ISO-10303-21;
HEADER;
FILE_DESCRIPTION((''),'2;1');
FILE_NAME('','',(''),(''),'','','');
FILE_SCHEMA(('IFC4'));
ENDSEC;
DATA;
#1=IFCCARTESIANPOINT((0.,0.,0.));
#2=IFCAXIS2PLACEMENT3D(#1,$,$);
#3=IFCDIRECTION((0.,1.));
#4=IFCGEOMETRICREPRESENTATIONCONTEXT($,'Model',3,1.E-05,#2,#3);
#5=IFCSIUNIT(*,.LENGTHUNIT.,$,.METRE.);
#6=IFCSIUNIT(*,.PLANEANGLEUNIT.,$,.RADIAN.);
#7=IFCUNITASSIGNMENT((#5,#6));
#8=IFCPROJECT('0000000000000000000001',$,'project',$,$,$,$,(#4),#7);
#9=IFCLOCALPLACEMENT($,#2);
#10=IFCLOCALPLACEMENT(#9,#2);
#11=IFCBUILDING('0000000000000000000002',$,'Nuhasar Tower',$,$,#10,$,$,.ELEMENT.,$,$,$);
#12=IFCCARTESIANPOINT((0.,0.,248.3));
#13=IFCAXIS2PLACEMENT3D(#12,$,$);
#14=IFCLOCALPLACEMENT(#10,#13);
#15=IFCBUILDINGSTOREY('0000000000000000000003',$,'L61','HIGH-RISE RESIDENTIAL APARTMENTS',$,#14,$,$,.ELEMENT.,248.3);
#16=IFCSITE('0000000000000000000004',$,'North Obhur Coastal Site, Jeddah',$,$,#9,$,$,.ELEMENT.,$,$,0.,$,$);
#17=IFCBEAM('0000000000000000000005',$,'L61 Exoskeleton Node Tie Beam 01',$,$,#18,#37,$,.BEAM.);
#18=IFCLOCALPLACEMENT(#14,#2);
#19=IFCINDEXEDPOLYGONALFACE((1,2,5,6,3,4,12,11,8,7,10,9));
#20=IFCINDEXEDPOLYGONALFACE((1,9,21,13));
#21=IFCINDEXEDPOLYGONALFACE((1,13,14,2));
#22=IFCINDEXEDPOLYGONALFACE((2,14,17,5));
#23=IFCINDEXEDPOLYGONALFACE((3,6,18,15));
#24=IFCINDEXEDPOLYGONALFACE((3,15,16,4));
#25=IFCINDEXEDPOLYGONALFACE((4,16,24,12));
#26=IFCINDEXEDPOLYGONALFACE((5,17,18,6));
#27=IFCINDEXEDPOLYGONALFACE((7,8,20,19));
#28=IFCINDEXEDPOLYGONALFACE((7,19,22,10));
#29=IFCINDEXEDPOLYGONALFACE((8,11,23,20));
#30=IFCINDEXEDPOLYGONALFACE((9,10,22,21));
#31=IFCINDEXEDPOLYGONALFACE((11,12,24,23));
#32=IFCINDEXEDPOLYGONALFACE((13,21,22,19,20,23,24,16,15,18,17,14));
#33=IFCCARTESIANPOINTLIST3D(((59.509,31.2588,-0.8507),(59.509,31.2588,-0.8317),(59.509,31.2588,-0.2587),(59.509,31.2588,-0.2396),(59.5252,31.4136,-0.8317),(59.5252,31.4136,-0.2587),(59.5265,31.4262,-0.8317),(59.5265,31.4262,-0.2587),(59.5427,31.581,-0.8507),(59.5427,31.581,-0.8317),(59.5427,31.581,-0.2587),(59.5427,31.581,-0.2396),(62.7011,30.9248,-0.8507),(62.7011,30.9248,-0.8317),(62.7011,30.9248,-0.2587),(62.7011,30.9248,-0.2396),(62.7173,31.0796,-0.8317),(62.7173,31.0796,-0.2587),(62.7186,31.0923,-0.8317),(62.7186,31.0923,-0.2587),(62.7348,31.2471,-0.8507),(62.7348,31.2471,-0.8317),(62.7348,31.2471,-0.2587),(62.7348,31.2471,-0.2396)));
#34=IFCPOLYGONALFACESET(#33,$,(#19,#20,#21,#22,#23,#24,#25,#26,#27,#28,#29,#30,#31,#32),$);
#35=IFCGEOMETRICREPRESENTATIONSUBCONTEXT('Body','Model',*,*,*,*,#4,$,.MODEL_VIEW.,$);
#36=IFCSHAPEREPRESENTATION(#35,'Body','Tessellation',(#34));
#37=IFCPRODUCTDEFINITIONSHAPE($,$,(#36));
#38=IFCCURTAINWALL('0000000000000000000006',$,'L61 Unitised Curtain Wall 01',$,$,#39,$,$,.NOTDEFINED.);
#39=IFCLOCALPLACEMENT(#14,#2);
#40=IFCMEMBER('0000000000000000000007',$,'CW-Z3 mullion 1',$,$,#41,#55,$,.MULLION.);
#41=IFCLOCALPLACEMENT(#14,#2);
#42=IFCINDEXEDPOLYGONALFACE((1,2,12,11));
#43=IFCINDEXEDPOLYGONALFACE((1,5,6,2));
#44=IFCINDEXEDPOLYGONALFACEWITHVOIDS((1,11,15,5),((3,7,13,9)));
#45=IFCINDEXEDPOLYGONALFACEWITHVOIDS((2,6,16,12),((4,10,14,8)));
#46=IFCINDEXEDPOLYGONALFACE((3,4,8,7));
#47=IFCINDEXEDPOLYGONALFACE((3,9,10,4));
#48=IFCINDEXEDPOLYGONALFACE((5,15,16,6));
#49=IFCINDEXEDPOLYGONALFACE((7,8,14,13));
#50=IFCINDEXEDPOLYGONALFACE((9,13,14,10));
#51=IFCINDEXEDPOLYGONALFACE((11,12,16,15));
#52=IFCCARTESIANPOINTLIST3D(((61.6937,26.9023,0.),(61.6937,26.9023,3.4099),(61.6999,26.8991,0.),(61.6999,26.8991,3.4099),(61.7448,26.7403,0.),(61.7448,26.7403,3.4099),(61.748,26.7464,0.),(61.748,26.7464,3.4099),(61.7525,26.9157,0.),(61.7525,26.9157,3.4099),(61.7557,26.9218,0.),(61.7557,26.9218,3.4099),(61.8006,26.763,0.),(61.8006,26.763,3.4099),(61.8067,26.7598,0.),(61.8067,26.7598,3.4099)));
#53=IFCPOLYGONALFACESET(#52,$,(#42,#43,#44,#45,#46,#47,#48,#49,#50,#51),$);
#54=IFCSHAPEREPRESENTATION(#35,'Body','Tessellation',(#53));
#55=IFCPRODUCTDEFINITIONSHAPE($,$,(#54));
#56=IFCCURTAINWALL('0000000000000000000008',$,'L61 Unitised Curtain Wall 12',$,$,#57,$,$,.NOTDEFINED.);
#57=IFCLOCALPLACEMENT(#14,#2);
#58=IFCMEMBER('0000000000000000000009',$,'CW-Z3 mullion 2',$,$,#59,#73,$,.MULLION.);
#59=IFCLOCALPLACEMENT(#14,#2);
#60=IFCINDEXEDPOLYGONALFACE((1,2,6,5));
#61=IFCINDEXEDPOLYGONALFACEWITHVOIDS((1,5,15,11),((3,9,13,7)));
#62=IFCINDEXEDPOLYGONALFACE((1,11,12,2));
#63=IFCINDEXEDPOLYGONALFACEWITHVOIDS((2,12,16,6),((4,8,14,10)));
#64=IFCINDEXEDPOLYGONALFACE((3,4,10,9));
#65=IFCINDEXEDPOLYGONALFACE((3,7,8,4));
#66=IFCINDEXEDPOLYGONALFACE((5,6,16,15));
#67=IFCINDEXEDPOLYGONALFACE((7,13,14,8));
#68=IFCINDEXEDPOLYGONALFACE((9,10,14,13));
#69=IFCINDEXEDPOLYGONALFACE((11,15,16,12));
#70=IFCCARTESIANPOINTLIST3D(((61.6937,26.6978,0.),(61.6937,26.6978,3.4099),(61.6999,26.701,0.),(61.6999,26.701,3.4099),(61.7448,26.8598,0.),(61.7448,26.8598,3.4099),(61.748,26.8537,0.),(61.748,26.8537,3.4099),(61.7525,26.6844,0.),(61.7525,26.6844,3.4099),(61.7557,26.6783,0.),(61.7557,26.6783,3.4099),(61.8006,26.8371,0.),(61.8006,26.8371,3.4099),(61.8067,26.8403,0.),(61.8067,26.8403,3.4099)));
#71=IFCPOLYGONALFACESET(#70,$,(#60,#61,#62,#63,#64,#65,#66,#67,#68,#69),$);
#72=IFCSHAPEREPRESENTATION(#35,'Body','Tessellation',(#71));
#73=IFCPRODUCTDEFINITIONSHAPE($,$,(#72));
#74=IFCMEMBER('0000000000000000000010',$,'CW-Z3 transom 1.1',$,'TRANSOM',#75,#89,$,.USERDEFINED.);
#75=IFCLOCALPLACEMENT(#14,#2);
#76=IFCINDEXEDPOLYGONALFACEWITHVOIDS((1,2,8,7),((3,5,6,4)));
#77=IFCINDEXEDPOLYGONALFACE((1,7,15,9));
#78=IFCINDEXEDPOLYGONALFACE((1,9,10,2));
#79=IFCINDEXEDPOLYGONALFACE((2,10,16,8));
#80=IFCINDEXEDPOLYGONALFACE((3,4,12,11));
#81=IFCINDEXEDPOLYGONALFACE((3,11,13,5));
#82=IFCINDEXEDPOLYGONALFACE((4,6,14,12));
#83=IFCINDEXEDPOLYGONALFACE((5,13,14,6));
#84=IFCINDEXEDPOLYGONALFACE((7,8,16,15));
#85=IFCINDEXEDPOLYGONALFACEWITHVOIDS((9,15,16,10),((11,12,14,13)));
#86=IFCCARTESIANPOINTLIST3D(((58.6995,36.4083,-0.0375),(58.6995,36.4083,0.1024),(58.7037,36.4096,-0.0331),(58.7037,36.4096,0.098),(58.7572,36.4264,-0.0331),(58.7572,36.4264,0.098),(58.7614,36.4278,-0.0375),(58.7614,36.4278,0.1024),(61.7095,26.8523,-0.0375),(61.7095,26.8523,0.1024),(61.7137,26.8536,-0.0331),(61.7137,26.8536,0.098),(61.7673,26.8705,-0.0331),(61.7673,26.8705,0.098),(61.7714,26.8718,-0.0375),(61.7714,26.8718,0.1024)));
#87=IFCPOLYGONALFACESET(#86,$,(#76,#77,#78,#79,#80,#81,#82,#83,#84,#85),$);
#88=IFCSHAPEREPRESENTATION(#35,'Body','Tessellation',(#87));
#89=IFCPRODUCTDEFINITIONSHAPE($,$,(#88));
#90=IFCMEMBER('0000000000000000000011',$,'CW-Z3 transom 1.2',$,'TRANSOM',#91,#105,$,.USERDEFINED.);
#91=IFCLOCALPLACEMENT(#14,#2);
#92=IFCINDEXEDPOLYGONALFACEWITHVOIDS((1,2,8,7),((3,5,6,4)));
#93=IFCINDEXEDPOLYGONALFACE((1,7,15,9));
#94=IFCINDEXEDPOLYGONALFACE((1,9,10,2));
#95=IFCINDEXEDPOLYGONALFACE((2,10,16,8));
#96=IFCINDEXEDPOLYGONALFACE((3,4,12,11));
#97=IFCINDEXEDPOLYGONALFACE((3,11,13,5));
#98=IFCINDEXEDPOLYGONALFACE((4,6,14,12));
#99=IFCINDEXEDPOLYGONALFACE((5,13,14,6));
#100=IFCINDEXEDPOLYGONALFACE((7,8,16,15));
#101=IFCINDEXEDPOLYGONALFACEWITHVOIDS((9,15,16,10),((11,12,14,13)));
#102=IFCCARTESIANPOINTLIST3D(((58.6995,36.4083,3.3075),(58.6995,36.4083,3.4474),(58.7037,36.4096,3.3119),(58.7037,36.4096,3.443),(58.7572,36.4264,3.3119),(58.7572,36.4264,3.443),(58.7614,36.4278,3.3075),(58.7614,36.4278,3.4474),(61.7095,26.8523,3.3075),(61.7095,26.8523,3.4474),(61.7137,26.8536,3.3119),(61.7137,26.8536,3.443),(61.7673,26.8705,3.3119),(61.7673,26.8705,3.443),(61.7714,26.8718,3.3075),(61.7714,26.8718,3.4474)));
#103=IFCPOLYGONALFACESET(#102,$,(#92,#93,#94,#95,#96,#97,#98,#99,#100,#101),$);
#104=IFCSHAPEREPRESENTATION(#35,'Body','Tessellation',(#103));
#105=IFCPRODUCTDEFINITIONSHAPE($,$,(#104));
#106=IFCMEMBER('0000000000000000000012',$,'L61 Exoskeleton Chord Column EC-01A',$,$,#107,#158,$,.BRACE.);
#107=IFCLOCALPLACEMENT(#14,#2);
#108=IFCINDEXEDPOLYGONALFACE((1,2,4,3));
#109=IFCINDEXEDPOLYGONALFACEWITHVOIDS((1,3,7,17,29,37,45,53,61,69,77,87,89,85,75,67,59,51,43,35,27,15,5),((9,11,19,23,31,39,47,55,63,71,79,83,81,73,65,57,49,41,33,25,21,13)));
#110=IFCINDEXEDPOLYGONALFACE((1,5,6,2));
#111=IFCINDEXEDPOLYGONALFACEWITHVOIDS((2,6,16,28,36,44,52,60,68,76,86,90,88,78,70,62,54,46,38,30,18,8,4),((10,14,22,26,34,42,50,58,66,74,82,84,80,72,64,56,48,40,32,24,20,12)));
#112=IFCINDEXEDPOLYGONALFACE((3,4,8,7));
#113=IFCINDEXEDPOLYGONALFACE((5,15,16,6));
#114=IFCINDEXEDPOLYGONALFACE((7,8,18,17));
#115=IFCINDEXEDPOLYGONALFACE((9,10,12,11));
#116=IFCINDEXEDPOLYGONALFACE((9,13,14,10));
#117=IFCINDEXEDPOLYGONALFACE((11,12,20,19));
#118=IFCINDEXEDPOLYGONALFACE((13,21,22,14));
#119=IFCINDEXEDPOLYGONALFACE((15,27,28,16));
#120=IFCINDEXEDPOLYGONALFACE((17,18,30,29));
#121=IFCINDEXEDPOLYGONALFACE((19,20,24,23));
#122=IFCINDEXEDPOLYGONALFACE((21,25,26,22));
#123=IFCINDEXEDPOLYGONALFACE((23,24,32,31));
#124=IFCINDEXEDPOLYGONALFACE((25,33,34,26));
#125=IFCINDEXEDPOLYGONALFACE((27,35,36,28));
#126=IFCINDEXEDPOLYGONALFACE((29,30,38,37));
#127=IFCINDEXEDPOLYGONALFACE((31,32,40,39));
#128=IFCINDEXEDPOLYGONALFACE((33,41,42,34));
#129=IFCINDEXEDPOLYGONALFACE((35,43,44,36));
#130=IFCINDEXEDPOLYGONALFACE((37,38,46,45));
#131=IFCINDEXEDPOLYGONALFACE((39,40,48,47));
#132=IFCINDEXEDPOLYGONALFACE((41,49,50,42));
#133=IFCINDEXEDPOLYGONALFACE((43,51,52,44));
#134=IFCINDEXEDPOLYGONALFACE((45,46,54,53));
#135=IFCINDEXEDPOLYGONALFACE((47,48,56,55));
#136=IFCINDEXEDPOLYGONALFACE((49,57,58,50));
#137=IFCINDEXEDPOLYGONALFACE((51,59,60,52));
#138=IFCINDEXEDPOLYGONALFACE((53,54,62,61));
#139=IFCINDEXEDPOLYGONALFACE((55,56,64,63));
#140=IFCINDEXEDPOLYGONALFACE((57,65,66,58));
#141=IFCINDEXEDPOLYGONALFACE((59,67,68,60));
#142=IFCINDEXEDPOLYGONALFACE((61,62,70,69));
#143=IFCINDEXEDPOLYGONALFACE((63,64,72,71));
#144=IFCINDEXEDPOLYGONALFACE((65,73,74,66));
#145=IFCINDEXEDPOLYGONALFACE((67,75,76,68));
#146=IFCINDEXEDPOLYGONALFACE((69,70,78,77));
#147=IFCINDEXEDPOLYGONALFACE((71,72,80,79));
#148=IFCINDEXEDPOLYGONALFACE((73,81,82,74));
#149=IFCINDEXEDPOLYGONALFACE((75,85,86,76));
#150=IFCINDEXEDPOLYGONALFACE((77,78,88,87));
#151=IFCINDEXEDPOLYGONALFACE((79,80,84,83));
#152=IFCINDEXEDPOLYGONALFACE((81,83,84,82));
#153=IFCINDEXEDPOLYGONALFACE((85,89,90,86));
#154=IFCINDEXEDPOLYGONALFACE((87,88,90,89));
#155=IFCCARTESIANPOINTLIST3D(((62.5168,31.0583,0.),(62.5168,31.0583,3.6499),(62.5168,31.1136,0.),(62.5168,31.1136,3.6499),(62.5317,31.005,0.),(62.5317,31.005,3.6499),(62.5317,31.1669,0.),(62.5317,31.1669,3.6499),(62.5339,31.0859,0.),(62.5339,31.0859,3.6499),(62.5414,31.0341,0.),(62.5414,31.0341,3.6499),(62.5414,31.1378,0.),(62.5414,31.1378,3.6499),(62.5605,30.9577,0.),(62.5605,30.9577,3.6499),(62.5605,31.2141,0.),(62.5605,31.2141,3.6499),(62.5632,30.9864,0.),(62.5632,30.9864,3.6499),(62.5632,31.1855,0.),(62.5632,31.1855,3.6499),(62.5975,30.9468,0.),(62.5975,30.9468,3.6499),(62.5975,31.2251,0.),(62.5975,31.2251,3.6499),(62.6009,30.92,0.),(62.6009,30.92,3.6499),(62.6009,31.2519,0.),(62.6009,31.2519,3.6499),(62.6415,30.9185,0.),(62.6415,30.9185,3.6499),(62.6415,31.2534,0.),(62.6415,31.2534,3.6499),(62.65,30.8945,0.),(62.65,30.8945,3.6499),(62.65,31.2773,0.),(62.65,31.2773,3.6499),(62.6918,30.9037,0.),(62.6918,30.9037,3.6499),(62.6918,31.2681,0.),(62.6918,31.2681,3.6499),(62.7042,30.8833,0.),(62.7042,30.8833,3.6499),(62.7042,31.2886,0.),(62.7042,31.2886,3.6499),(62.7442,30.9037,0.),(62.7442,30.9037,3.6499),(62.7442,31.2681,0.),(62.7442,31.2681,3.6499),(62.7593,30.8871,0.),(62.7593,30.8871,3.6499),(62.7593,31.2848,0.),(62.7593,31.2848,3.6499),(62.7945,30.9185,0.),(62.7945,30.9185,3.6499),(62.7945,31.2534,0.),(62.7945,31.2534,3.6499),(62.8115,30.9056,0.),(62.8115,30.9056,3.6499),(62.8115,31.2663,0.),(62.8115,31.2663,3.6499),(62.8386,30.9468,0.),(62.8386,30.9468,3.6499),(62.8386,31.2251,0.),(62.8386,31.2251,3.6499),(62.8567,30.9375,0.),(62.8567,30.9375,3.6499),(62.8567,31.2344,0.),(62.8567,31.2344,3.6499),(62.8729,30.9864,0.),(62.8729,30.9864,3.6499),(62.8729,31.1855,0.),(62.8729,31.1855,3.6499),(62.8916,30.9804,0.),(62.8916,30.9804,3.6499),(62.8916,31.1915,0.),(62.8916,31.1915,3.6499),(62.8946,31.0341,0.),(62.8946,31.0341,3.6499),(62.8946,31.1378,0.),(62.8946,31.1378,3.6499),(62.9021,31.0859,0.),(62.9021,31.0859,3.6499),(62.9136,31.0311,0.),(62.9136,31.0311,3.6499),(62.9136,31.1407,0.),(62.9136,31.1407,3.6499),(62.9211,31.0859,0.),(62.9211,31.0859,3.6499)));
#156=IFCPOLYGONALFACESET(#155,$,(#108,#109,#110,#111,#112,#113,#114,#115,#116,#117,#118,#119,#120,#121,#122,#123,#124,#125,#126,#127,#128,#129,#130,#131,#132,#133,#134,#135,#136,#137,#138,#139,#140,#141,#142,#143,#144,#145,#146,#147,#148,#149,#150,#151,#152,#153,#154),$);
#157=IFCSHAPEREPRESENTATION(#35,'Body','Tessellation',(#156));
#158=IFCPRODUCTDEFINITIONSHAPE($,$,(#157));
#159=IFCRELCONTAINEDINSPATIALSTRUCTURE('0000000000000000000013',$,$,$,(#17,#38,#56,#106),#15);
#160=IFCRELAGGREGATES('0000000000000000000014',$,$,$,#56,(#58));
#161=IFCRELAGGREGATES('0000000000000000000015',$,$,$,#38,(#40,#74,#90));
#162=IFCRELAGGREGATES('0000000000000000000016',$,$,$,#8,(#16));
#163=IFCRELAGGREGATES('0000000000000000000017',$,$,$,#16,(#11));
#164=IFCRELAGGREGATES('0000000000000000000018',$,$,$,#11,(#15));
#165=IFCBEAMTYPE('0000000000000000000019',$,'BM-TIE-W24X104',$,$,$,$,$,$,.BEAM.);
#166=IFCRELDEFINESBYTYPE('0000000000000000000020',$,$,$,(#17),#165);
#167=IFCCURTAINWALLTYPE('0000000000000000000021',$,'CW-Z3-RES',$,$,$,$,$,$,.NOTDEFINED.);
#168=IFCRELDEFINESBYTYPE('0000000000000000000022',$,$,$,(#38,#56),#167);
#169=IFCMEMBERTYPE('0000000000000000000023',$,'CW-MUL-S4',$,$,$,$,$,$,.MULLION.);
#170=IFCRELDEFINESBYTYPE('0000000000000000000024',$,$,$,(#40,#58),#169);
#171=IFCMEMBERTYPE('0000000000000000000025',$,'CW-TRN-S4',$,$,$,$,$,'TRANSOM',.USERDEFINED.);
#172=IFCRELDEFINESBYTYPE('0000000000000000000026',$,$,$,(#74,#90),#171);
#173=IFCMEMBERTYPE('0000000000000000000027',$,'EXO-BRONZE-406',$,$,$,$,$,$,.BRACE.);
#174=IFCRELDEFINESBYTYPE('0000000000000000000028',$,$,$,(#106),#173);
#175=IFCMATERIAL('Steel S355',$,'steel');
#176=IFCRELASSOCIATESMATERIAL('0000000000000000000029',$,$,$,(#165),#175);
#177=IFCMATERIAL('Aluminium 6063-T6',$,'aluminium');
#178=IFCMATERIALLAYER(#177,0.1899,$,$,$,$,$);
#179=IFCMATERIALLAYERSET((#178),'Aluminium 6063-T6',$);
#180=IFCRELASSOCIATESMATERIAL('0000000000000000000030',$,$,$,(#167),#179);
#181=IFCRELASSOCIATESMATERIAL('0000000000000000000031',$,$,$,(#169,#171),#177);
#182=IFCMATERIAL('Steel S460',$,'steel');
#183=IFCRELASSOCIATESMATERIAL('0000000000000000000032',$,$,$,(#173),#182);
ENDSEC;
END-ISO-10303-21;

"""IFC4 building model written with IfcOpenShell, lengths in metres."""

from ifc_helpers import new_model, si_unit, direction, frame, origin, origin_2d, place, context, subcontext, project, spatial, hollow_rectangle, hollow_circle, i_section, extrude, material, layer, layer_set, material_profile, profile_set, type_object, element, aggregate, save


model = new_model("IFC4")

# Units and contexts
model_context = context("Model", 3, precision=1e-05, world=origin(), true_north=direction((0.0, 1.0)))
body_context = subcontext(model_context, "Body", "Model", "MODEL_VIEW")
ifc_project = project(units=[si_unit("LENGTHUNIT", "METRE"), si_unit("PLANEANGLEUNIT", "RADIAN")], contexts=[model_context])

# Site, building, storey
site_placement = place(None, origin())
site = spatial("IfcSite", under=ifc_project, at=site_placement, Name="North Obhur Coastal Site, Jeddah", CompositionType="ELEMENT", RefElevation=0.0)
building_placement = place(site_placement, origin())
building = spatial("IfcBuilding", under=site, at=building_placement, Name="Nuhasar Tower", CompositionType="ELEMENT")
storey_placement = place(building_placement, frame((0.0, 0.0, 248.3)))
storey = spatial("IfcBuildingStorey", under=building, at=storey_placement, Name="L61", Description="HIGH-RISE RESIDENTIAL APARTMENTS", CompositionType="ELEMENT", Elevation=248.3)

# Beam
ifc_material_1 = material(Name="Steel S355", Category="steel")
ifc_material_profile_1 = material_profile(ifc_material_1, i_section(OverallWidth=0.324, OverallDepth=0.6111, WebThickness=0.0127, FlangeThickness=0.019, at=origin_2d()), Name="W24X104")
ifc_profile_set_1 = profile_set([ifc_material_profile_1], Name="Steel S355")
beam_type_1 = type_object("IfcBeamType", Name="BM-TIE-W24X104", PredefinedType="BEAM", material=ifc_profile_set_1)
beam_1_placement = place(storey_placement, frame((59.5259, 31.4199, -0.5452), z_axis=(0.994571, -0.104059, 0.0), x_axis=(0.104059, 0.994571, 0.0)))
element("IfcBeam", 1, at=beam_1_placement, inside=storey, type_object=beam_type_1, Name="L61 Exoskeleton Node Tie Beam 01", PredefinedType="BEAM", context=body_context, shape_type="SweptSolid", body=[
    extrude(i_section(OverallWidth=0.324, OverallDepth=0.6111, WebThickness=0.0127, FlangeThickness=0.019, at=origin_2d()), origin(), (0.0, 0.0, 1.0), 3.2095),
])

# Curtain walls, members
ifc_material_2 = material(Name="Aluminium 6063-T6", Category="aluminium")
ifc_layer_1 = layer(ifc_material_2, 0.1899)
ifc_layer_set_1 = layer_set([ifc_layer_1], Name="Aluminium 6063-T6")
curtain_wall_type = type_object("IfcCurtainWallType", Name="CW-Z3-RES", PredefinedType="NOTDEFINED", material=ifc_layer_set_1)
curtain_wall_1_placement = place(storey_placement, origin())
curtain_wall_1 = element("IfcCurtainWall", 2, at=curtain_wall_1_placement, inside=storey, type_object=curtain_wall_type, Name="L61 Unitised Curtain Wall 01", PredefinedType="NOTDEFINED")
ifc_material_profile_2 = material_profile(ifc_material_2, hollow_rectangle(XDim=0.0649, YDim=0.1699, WallThickness=0.0049, at=origin_2d()), Name="CWM-4")
ifc_profile_set_2 = profile_set([ifc_material_profile_2], Name="Aluminium 6063-T6")
member_type_1 = type_object("IfcMemberType", Name="CW-MUL-S4", PredefinedType="MULLION", material=ifc_profile_set_2)
member_1_placement = place(storey_placement, frame((61.7502, 26.8311, 0.0), z_axis=(0.0, 0.0, 1.0), x_axis=(-0.953804, -0.300429, 0.0)))
member_1 = element("IfcMember", 3, at=member_1_placement, type_object=member_type_1, Name="CW-Z3 mullion 1", PredefinedType="MULLION", context=body_context, shape_type="SweptSolid", body=[
    extrude(hollow_rectangle(XDim=0.0649, YDim=0.1699, WallThickness=0.0049, at=origin_2d()), origin(), (0.0, 0.0, 1.0), 3.4099),
])
curtain_wall_2_placement = place(storey_placement, origin())
curtain_wall_2 = element("IfcCurtainWall", 4, at=curtain_wall_2_placement, inside=storey, type_object=curtain_wall_type, Name="L61 Unitised Curtain Wall 12", PredefinedType="NOTDEFINED")
member_2_placement = place(storey_placement, frame((61.7502, 26.769, 0.0), z_axis=(0.0, 0.0, 1.0), x_axis=(-0.953804, 0.300429, 0.0)))
member_2 = element("IfcMember", 5, at=member_2_placement, type_object=member_type_1, Name="CW-Z3 mullion 2", PredefinedType="MULLION", context=body_context, shape_type="SweptSolid", body=[
    extrude(hollow_rectangle(XDim=0.0649, YDim=0.1699, WallThickness=0.0049, at=origin_2d()), origin(), (0.0, 0.0, 1.0), 3.4099),
])
aggregate(curtain_wall_2, [member_2])

# Members
ifc_material_profile_3 = material_profile(ifc_material_2, hollow_rectangle(XDim=0.0649, YDim=0.1399, WallThickness=0.0044, at=origin_2d()), Name="CWT-4")
ifc_profile_set_3 = profile_set([ifc_material_profile_3], Name="Aluminium 6063-T6")
member_type_2 = type_object("IfcMemberType", Name="CW-TRN-S4", ElementType="TRANSOM", PredefinedType="USERDEFINED", material=ifc_profile_set_3)
member_3_placement = place(storey_placement, frame((61.7405, 26.8621, 0.0325), z_axis=(-0.300437, 0.953802, 0.0), x_axis=(-0.953802, -0.300437, 0.0)))
member_3 = element("IfcMember", 6, at=member_3_placement, type_object=member_type_2, Name="CW-Z3 transom 1.1", ObjectType="TRANSOM", PredefinedType="USERDEFINED", context=body_context, shape_type="SweptSolid", body=[
    extrude(hollow_rectangle(XDim=0.0649, YDim=0.1399, WallThickness=0.0044, at=origin_2d()), origin(), (0.0, 0.0, 1.0), 10.0188),
])
member_4_placement = place(storey_placement, frame((61.7405, 26.8621, 3.3774), z_axis=(-0.300437, 0.953802, 0.0), x_axis=(-0.953802, -0.300437, 0.0)))
member_4 = element("IfcMember", 7, at=member_4_placement, type_object=member_type_2, Name="CW-Z3 transom 1.2", ObjectType="TRANSOM", PredefinedType="USERDEFINED", context=body_context, shape_type="SweptSolid", body=[
    extrude(hollow_rectangle(XDim=0.0649, YDim=0.1399, WallThickness=0.0044, at=origin_2d()), origin(), (0.0, 0.0, 1.0), 10.0188),
])

# Member
ifc_material_3 = material(Name="Steel S460", Category="steel")
ifc_material_profile_4 = material_profile(ifc_material_3, hollow_circle(Radius=0.2031, WallThickness=0.019, at=origin_2d()), Name="HSS406.4X19.1")
ifc_profile_set_4 = profile_set([ifc_material_profile_4], Name="Steel S460")
member_type_3 = type_object("IfcMemberType", Name="EXO-BRONZE-406", PredefinedType="BRACE", material=ifc_profile_set_4)
for number, where, z_axis, x_axis, name in (
    (8, (62.718, 31.0859, 0.0), (0.0, 0.0, 1.0), (1.0, 0.0, 0.0), "L61 Exoskeleton Chord Column EC-01A"),
):
    element("IfcMember", number, at=place(storey_placement, frame(where, z_axis=z_axis, x_axis=x_axis)), inside=storey, type_object=member_type_3, Name=name, PredefinedType="BRACE", context=body_context, shape_type="SweptSolid", body=[
        extrude(hollow_circle(Radius=0.2031, WallThickness=0.019, at=origin_2d()), origin(), (0.0, 0.0, 1.0), 3.6499),
    ])

aggregate(curtain_wall_1, [member_1, member_3, member_4])

save(model, "model.ifc")
